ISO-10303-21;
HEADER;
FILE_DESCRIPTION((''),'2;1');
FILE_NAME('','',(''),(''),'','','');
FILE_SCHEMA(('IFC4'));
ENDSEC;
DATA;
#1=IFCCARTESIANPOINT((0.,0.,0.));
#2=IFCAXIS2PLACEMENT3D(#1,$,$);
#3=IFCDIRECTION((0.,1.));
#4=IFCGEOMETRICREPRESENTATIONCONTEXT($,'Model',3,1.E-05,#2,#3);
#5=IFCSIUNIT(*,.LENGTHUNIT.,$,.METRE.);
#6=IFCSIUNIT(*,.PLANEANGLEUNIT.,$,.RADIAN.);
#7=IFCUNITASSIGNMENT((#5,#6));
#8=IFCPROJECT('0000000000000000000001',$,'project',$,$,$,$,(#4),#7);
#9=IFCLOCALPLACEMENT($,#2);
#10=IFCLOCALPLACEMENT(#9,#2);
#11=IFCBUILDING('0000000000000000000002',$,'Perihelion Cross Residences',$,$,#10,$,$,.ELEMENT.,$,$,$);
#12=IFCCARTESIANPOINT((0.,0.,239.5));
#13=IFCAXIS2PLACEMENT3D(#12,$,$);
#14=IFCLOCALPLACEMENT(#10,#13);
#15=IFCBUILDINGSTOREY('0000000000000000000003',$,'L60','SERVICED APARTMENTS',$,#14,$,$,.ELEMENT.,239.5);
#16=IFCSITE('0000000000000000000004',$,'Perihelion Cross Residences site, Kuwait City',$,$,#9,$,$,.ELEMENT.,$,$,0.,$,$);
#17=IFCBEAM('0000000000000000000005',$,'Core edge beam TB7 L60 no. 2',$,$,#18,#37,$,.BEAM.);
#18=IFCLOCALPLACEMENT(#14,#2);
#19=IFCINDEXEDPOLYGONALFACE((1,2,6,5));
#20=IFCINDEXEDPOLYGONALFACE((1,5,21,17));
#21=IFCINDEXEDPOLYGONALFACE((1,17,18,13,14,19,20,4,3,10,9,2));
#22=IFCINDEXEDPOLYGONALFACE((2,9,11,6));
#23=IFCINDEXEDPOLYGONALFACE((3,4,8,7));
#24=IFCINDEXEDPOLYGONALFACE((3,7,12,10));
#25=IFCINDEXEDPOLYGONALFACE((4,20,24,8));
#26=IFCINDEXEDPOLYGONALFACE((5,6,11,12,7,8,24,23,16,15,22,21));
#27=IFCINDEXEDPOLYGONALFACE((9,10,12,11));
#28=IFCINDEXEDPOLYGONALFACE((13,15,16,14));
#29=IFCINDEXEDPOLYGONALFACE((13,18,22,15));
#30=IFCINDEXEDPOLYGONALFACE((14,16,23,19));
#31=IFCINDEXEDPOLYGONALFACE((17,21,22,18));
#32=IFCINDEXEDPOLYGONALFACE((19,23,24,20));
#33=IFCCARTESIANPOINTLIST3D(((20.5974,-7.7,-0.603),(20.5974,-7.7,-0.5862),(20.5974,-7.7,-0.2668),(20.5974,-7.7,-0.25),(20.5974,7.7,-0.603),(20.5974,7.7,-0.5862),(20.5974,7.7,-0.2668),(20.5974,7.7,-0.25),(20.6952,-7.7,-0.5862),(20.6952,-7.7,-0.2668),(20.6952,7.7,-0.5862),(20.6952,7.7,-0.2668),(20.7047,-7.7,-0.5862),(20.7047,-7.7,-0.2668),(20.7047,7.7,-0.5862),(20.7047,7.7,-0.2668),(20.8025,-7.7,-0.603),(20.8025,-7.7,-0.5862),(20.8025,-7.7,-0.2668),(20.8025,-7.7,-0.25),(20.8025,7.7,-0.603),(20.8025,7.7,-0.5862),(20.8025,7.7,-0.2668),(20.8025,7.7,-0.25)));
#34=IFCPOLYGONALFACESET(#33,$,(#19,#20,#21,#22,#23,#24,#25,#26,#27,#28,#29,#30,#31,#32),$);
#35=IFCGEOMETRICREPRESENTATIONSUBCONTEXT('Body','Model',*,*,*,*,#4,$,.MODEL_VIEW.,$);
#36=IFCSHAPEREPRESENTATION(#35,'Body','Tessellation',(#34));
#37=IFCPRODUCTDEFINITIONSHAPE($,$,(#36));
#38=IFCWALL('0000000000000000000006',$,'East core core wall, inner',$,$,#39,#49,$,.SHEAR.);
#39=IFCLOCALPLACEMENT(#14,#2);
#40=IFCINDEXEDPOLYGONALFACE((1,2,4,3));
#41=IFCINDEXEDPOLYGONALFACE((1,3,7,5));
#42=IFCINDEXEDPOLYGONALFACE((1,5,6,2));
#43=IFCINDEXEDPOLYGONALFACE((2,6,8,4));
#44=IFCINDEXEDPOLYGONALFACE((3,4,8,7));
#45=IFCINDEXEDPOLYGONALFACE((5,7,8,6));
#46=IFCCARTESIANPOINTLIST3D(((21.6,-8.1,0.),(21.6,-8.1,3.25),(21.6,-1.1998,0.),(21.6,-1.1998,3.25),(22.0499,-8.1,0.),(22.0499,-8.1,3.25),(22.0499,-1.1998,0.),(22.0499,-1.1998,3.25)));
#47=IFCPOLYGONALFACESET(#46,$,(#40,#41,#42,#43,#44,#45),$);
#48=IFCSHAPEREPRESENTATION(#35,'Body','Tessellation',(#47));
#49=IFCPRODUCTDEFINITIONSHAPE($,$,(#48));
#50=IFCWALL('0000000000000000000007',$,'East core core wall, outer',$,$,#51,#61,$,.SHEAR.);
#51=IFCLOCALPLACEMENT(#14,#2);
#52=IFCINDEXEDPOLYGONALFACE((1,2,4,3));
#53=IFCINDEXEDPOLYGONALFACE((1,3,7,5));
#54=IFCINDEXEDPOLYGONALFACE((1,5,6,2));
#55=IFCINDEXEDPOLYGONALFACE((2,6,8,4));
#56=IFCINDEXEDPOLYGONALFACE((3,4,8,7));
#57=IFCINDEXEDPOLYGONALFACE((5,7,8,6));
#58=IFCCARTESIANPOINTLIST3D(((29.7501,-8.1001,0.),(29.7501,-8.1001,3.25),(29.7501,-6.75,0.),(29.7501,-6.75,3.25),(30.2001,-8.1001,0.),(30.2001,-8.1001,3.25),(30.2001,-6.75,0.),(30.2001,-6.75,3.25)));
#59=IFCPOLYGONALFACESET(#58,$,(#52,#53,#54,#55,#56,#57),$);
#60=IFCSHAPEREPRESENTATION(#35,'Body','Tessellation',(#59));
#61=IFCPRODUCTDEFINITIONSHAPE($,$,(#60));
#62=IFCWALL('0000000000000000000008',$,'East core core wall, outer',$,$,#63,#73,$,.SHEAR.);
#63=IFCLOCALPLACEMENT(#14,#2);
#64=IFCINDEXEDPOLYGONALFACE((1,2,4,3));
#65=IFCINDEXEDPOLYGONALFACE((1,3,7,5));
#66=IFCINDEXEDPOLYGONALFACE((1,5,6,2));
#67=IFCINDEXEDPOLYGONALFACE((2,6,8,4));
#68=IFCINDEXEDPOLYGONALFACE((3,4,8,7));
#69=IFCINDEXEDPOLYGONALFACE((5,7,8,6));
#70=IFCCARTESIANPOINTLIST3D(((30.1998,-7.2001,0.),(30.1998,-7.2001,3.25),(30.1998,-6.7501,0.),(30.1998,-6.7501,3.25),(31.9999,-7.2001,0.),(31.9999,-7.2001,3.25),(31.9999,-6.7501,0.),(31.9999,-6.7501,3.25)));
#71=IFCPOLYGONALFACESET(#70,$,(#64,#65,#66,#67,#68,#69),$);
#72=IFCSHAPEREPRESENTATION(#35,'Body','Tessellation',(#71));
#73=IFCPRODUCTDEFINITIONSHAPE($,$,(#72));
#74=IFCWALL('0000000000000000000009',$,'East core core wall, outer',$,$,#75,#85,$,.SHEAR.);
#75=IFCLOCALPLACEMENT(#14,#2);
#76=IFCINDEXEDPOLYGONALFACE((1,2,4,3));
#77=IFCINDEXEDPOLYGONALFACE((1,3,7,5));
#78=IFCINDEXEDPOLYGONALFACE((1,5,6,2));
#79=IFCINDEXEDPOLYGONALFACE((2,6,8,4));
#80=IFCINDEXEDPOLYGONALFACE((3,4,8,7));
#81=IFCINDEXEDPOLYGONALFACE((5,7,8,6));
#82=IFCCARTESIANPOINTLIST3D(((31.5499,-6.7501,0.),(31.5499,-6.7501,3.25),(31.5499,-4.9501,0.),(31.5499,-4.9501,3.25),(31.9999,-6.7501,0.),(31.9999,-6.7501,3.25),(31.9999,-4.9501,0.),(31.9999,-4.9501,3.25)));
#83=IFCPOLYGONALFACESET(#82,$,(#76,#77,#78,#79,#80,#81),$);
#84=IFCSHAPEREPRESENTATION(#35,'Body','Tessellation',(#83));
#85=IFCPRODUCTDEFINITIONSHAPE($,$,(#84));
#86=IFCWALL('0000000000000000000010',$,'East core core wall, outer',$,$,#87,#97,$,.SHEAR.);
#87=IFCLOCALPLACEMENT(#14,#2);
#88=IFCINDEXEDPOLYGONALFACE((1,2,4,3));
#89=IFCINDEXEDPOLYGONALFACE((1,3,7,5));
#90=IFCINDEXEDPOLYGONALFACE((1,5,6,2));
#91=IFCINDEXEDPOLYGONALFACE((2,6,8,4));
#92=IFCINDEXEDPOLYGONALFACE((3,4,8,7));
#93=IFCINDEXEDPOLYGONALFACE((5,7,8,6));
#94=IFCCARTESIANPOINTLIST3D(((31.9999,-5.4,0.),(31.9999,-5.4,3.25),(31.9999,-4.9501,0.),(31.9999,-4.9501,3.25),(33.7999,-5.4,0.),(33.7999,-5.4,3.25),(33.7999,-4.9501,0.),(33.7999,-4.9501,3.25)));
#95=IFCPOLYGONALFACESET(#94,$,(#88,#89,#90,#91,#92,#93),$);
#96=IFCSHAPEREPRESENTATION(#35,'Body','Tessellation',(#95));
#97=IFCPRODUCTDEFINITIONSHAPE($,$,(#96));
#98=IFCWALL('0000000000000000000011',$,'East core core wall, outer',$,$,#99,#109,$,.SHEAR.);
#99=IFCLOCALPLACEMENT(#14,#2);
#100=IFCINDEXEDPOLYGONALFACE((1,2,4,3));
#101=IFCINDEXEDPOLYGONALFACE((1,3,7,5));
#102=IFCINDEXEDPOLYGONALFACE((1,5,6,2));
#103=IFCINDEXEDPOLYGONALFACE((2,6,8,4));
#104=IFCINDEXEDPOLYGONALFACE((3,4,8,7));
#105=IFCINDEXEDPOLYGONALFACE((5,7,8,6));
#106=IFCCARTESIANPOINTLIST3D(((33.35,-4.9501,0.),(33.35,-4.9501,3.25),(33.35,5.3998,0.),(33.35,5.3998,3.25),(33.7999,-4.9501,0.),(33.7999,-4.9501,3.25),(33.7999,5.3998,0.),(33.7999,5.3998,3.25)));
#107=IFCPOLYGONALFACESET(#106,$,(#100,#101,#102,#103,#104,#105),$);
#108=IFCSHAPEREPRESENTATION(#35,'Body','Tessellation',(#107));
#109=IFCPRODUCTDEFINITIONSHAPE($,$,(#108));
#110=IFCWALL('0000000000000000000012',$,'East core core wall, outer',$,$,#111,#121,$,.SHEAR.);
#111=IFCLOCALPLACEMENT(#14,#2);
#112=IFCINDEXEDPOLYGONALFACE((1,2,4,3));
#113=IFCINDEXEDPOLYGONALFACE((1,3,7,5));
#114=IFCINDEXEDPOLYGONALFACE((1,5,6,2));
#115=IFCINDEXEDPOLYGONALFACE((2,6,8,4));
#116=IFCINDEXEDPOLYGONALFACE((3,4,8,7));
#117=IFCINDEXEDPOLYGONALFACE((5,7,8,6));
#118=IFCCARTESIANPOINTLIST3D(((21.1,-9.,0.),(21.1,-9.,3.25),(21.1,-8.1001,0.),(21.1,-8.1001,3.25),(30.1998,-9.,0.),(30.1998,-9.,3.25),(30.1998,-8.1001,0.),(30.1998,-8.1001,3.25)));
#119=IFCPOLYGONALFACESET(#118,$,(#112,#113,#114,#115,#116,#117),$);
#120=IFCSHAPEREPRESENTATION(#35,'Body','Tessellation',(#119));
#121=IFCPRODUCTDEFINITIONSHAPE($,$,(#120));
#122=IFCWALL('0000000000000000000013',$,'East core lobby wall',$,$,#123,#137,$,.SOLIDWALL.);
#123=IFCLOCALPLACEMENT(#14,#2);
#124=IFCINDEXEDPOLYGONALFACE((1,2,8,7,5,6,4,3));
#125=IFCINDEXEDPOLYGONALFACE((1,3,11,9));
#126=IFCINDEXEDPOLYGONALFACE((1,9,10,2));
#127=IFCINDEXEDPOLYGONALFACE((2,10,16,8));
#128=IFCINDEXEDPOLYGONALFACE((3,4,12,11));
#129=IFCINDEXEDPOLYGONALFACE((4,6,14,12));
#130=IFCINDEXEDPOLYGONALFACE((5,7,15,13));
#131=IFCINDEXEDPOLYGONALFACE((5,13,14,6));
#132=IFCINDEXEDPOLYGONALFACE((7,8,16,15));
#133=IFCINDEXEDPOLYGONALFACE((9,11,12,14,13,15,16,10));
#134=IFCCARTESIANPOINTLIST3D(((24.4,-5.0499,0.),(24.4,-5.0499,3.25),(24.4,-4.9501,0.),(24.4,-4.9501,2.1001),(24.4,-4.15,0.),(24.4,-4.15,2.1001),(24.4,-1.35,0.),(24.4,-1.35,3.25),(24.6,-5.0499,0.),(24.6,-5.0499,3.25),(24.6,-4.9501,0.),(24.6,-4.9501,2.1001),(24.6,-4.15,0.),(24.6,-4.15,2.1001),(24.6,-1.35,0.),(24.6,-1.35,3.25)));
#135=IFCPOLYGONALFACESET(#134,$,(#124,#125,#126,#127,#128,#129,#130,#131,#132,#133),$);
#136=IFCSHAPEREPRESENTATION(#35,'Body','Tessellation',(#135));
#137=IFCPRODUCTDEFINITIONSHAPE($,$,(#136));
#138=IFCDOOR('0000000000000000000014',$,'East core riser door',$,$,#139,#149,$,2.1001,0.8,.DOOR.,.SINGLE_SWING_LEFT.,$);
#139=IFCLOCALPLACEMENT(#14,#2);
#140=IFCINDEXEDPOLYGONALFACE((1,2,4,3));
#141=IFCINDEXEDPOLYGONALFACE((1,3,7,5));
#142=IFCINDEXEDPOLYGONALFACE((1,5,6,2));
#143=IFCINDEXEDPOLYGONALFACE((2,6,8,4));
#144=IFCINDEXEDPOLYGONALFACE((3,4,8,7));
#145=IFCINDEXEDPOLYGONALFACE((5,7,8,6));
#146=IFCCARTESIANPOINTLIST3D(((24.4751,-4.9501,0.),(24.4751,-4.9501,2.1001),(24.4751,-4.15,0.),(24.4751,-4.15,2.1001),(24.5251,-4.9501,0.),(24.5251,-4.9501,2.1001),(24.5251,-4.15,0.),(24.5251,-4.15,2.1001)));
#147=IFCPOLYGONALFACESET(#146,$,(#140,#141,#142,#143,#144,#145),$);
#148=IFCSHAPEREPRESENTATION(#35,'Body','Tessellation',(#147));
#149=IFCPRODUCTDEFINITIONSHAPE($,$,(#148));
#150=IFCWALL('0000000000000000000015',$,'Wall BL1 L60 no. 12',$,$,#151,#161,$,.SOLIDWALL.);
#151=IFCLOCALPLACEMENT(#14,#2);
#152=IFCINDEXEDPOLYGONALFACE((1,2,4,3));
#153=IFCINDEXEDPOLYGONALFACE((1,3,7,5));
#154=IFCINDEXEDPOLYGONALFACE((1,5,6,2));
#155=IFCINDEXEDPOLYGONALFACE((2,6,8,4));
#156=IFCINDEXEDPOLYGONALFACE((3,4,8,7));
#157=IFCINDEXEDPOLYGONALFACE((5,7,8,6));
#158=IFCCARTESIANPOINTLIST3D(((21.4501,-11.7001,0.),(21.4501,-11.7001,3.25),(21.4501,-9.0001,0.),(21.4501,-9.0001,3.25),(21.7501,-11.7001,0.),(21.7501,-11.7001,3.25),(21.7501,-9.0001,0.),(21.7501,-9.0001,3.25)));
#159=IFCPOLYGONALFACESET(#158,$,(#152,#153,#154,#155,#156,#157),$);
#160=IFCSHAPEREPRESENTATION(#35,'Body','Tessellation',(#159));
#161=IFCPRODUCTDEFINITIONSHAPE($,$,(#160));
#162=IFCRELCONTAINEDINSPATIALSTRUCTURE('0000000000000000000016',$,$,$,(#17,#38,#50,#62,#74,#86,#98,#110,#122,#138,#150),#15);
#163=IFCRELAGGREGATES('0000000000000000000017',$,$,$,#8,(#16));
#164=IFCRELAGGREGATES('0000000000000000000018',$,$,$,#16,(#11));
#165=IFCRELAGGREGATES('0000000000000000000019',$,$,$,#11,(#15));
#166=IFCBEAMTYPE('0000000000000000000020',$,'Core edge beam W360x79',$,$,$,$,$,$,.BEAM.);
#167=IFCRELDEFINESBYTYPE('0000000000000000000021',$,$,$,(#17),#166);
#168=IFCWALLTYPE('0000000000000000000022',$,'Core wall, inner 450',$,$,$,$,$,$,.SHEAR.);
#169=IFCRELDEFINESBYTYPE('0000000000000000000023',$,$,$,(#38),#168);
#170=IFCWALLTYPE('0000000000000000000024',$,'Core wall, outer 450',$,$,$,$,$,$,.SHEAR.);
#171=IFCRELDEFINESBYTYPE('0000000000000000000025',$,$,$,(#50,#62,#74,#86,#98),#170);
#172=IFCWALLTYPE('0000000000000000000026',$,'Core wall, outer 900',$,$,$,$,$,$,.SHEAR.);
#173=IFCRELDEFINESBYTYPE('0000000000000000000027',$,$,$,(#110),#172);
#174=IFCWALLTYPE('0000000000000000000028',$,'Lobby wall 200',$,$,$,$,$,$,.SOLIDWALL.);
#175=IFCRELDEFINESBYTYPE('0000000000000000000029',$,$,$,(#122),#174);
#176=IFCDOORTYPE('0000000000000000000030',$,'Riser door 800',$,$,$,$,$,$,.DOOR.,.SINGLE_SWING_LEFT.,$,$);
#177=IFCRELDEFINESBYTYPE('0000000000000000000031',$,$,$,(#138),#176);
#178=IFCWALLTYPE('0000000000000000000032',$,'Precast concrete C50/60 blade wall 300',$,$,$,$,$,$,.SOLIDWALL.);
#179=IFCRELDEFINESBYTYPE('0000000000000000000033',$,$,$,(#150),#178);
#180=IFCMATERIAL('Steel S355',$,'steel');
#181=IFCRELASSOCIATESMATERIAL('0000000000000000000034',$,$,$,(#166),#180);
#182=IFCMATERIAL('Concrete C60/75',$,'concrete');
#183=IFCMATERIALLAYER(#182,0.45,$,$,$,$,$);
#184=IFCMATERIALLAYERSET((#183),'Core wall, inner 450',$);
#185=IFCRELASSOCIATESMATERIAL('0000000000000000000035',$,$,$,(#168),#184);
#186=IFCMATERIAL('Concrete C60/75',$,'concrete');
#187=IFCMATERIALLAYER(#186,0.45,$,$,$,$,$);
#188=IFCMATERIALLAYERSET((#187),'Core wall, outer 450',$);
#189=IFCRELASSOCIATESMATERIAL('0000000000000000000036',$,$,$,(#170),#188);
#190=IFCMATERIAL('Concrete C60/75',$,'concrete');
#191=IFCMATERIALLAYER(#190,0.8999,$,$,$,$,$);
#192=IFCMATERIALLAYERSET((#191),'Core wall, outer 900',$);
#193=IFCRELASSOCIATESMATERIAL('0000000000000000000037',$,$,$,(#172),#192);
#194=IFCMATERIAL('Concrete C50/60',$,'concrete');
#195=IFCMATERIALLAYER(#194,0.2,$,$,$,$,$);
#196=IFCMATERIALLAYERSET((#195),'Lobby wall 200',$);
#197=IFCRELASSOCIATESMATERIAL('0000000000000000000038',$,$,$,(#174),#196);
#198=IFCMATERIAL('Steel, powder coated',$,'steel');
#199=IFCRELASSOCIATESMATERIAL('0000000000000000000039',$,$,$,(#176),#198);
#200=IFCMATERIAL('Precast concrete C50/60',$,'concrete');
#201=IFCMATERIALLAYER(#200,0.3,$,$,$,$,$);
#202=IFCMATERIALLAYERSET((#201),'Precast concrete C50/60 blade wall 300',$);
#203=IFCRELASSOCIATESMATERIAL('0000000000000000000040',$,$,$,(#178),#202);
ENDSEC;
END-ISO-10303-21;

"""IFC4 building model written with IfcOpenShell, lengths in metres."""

from ifc_helpers import new_model, si_unit, direction, frame, frame_2d, origin, origin_2d, place, context, subcontext, project, spatial, rectangle, i_section, extrude, material, layer, layer_set, material_profile, profile_set, type_object, element, fill, save


model = new_model("IFC4")

# Units and contexts
model_context = context("Model", 3, precision=1e-05, world=origin(), true_north=direction((0.0, 1.0)))
body_context = subcontext(model_context, "Body", "Model", "MODEL_VIEW")
ifc_project = project(units=[si_unit("LENGTHUNIT", "METRE"), si_unit("PLANEANGLEUNIT", "RADIAN")], contexts=[model_context])

# Site, building, storey
site_placement = place(None, origin())
site = spatial("IfcSite", under=ifc_project, at=site_placement, Name="Perihelion Cross Residences site, Kuwait City", CompositionType="ELEMENT", RefElevation=0.0)
building_placement = place(site_placement, origin())
building = spatial("IfcBuilding", under=site, at=building_placement, Name="Perihelion Cross Residences", CompositionType="ELEMENT")
storey_placement = place(building_placement, frame((0.0, 0.0, 239.5)))
storey = spatial("IfcBuildingStorey", under=building, at=storey_placement, Name="L60", Description="SERVICED APARTMENTS", CompositionType="ELEMENT", Elevation=239.5)

# Beam
ifc_material_1 = material(Name="Steel S355", Category="steel")
ifc_material_profile_1 = material_profile(ifc_material_1, i_section(OverallWidth=0.2051, OverallDepth=0.353, WebThickness=0.0095, FlangeThickness=0.0168, at=origin_2d()), Name="W360x79")
ifc_profile_set_1 = profile_set([ifc_material_profile_1], Name="Steel S355")
beam_type = type_object("IfcBeamType", Name="Core edge beam W360x79", PredefinedType="BEAM", material=ifc_profile_set_1)
beam_placement = place(storey_placement, frame((20.7, -7.7, -0.4265), z_axis=(0.0, 1.0, 0.0), x_axis=(-1.0, 0.0, 0.0)))
element("IfcBeam", 1, at=beam_placement, inside=storey, type_object=beam_type, Name="Core edge beam TB7 L60 no. 2", PredefinedType="BEAM", context=body_context, shape_type="SweptSolid", body=[
    extrude(i_section(OverallWidth=0.2051, OverallDepth=0.353, WebThickness=0.0095, FlangeThickness=0.0168, at=origin_2d()), origin(), (0.0, 0.0, 1.0), 15.3999),
])

# Walls
ifc_material_2 = material(Name="Concrete C60/75", Category="concrete")
ifc_layer_1 = layer(ifc_material_2, 0.45)
ifc_layer_set_1 = layer_set([ifc_layer_1], Name="Core wall, inner 450")
wall_type_1 = type_object("IfcWallType", Name="Core wall, inner 450", PredefinedType="SHEAR", material=ifc_layer_set_1)
wall_1_placement = place(storey_placement, frame((21.825, -8.1001, 0.0), z_axis=(0.0, 0.0, 1.0), x_axis=(0.0, 1.0, 0.0)))
element("IfcWall", 2, at=wall_1_placement, inside=storey, type_object=wall_type_1, Name="East core core wall, inner", PredefinedType="SHEAR", context=body_context, shape_type="SweptSolid", body=[
    extrude(rectangle(XDim=6.9001, YDim=0.45, at=frame_2d((3.4502, 0.0))), origin(), (0.0, 0.0, 1.0), 3.25),
])
ifc_material_3 = material(Name="Concrete C60/75", Category="concrete")
ifc_layer_2 = layer(ifc_material_3, 0.45)
ifc_layer_set_2 = layer_set([ifc_layer_2], Name="Core wall, outer 450")
wall_type_2 = type_object("IfcWallType", Name="Core wall, outer 450", PredefinedType="SHEAR", material=ifc_layer_set_2)
wall_2_placement = place(storey_placement, frame((29.9751, -8.1001, 0.0), z_axis=(0.0, 0.0, 1.0), x_axis=(0.0, 1.0, 0.0)))
element("IfcWall", 3, at=wall_2_placement, inside=storey, type_object=wall_type_2, Name="East core core wall, outer", PredefinedType="SHEAR", context=body_context, shape_type="SweptSolid", body=[
    extrude(rectangle(XDim=1.3501, YDim=0.45, at=frame_2d((0.675, 0.0))), origin(), (0.0, 0.0, 1.0), 3.25),
])
for number, where, z_axis, x_axis, name in (
    (4, (30.2, -6.9751, 0.0), (0.0, 0.0, 1.0), (1.0, 0.0, 0.0), "East core core wall, outer"),
    (5, (31.7749, -6.75, 0.0), (0.0, 0.0, 1.0), (0.0, 1.0, 0.0), "East core core wall, outer"),
    (6, (32.0, -5.175, 0.0), (0.0, 0.0, 1.0), (1.0, 0.0, 0.0), "East core core wall, outer"),
):
    element("IfcWall", number, at=place(storey_placement, frame(where, z_axis=z_axis, x_axis=x_axis)), inside=storey, type_object=wall_type_2, Name=name, PredefinedType="SHEAR", context=body_context, shape_type="SweptSolid", body=[
        extrude(rectangle(XDim=1.8, YDim=0.45, at=frame_2d((0.8999, 0.0))), origin(), (0.0, 0.0, 1.0), 3.25),
    ])
wall_3_placement = place(storey_placement, frame((33.575, -4.95, 0.0), z_axis=(0.0, 0.0, 1.0), x_axis=(0.0, 1.0, 0.0)))
element("IfcWall", 7, at=wall_3_placement, inside=storey, type_object=wall_type_2, Name="East core core wall, outer", PredefinedType="SHEAR", context=body_context, shape_type="SweptSolid", body=[
    extrude(rectangle(XDim=10.3499, YDim=0.45, at=frame_2d((5.1748, 0.0))), origin(), (0.0, 0.0, 1.0), 3.25),
])
ifc_material_4 = material(Name="Concrete C60/75", Category="concrete")
ifc_layer_3 = layer(ifc_material_4, 0.8999)
ifc_layer_set_3 = layer_set([ifc_layer_3], Name="Core wall, outer 900")
wall_type_3 = type_object("IfcWallType", Name="Core wall, outer 900", PredefinedType="SHEAR", material=ifc_layer_set_3)
wall_4_placement = place(storey_placement, frame((21.1001, -8.55, 0.0), z_axis=(0.0, 0.0, 1.0), x_axis=(1.0, 0.0, 0.0)))
element("IfcWall", 8, at=wall_4_placement, inside=storey, type_object=wall_type_3, Name="East core core wall, outer", PredefinedType="SHEAR", context=body_context, shape_type="SweptSolid", body=[
    extrude(rectangle(XDim=9.0999, YDim=0.8999, at=frame_2d((4.5498, 0.0))), origin(), (0.0, 0.0, 1.0), 3.25),
])

# Wall, opening, door
ifc_material_5 = material(Name="Concrete C50/60", Category="concrete")
ifc_layer_4 = layer(ifc_material_5, 0.2)
ifc_layer_set_4 = layer_set([ifc_layer_4], Name="Lobby wall 200")
wall_type_4 = type_object("IfcWallType", Name="Lobby wall 200", PredefinedType="SOLIDWALL", material=ifc_layer_set_4)
wall_5_placement = place(storey_placement, frame((24.5, -5.05, 0.0), z_axis=(0.0, 0.0, 1.0), x_axis=(0.0, 1.0, 0.0)))
wall_5 = element("IfcWall", 9, at=wall_5_placement, inside=storey, type_object=wall_type_4, Name="East core lobby wall", PredefinedType="SOLIDWALL", context=body_context, shape_type="SweptSolid", body=[
    extrude(rectangle(XDim=3.7, YDim=0.2, at=frame_2d((1.8501, 0.0))), origin(), (0.0, 0.0, 1.0), 3.25),
])
opening_1_placement = place(wall_5_placement, frame((0.1001, 0.0, 0.0)))
opening_1 = element("IfcOpeningElement", 10, at=opening_1_placement, cuts=wall_5, PredefinedType="OPENING", context=body_context, shape_type="SweptSolid", body=[
    extrude(rectangle(XDim=0.8, YDim=2.1001, at=frame_2d((0.3999, 1.05))), frame((0.0, 0.1099, 0.0), z_axis=(0.0, -1.0, 0.0), x_axis=(1.0, 0.0, 0.0)), (0.0, 0.0, 1.0), 0.22),
])
ifc_material_6 = material(Name="Steel, powder coated", Category="steel")
door_type_1 = type_object("IfcDoorType", Name="Riser door 800", OperationType="SINGLE_SWING_LEFT", PredefinedType="DOOR", material=ifc_material_6)
door_1_placement = place(opening_1_placement, origin())
door_1 = element("IfcDoor", 11, at=door_1_placement, inside=storey, type_object=door_type_1, Name="East core riser door", OperationType="SINGLE_SWING_LEFT", OverallHeight=2.1001, OverallWidth=0.8, PredefinedType="DOOR", context=body_context, shape_type="SweptSolid", body=[
    extrude(rectangle(XDim=0.8, YDim=2.1001, at=frame_2d((0.3999, 1.05))), frame((0.0, 0.0249, 0.0), z_axis=(0.0, -1.0, 0.0), x_axis=(1.0, 0.0, 0.0)), (0.0, 0.0, 1.0), 0.05),
])
fill(opening_1, door_1)

# Wall
ifc_material_7 = material(Name="Precast concrete C50/60", Category="concrete")
ifc_layer_5 = layer(ifc_material_7, 0.3)
ifc_layer_set_5 = layer_set([ifc_layer_5], Name="Precast concrete C50/60 blade wall 300")
wall_type_5 = type_object("IfcWallType", Name="Precast concrete C50/60 blade wall 300", PredefinedType="SOLIDWALL", material=ifc_layer_set_5)
wall_6_placement = place(storey_placement, frame((21.6001, -9.0, 0.0), z_axis=(0.0, 0.0, 1.0), x_axis=(0.0, -1.0, 0.0)))
element("IfcWall", 12, at=wall_6_placement, inside=storey, type_object=wall_type_5, Name="Wall BL1 L60 no. 12", PredefinedType="SOLIDWALL", context=body_context, shape_type="SweptSolid", body=[
    extrude(rectangle(XDim=2.7, YDim=0.3, at=frame_2d((1.3501, 0.0))), origin(), (0.0, 0.0, 1.0), 3.25),
])

save(model, "model.ifc")
